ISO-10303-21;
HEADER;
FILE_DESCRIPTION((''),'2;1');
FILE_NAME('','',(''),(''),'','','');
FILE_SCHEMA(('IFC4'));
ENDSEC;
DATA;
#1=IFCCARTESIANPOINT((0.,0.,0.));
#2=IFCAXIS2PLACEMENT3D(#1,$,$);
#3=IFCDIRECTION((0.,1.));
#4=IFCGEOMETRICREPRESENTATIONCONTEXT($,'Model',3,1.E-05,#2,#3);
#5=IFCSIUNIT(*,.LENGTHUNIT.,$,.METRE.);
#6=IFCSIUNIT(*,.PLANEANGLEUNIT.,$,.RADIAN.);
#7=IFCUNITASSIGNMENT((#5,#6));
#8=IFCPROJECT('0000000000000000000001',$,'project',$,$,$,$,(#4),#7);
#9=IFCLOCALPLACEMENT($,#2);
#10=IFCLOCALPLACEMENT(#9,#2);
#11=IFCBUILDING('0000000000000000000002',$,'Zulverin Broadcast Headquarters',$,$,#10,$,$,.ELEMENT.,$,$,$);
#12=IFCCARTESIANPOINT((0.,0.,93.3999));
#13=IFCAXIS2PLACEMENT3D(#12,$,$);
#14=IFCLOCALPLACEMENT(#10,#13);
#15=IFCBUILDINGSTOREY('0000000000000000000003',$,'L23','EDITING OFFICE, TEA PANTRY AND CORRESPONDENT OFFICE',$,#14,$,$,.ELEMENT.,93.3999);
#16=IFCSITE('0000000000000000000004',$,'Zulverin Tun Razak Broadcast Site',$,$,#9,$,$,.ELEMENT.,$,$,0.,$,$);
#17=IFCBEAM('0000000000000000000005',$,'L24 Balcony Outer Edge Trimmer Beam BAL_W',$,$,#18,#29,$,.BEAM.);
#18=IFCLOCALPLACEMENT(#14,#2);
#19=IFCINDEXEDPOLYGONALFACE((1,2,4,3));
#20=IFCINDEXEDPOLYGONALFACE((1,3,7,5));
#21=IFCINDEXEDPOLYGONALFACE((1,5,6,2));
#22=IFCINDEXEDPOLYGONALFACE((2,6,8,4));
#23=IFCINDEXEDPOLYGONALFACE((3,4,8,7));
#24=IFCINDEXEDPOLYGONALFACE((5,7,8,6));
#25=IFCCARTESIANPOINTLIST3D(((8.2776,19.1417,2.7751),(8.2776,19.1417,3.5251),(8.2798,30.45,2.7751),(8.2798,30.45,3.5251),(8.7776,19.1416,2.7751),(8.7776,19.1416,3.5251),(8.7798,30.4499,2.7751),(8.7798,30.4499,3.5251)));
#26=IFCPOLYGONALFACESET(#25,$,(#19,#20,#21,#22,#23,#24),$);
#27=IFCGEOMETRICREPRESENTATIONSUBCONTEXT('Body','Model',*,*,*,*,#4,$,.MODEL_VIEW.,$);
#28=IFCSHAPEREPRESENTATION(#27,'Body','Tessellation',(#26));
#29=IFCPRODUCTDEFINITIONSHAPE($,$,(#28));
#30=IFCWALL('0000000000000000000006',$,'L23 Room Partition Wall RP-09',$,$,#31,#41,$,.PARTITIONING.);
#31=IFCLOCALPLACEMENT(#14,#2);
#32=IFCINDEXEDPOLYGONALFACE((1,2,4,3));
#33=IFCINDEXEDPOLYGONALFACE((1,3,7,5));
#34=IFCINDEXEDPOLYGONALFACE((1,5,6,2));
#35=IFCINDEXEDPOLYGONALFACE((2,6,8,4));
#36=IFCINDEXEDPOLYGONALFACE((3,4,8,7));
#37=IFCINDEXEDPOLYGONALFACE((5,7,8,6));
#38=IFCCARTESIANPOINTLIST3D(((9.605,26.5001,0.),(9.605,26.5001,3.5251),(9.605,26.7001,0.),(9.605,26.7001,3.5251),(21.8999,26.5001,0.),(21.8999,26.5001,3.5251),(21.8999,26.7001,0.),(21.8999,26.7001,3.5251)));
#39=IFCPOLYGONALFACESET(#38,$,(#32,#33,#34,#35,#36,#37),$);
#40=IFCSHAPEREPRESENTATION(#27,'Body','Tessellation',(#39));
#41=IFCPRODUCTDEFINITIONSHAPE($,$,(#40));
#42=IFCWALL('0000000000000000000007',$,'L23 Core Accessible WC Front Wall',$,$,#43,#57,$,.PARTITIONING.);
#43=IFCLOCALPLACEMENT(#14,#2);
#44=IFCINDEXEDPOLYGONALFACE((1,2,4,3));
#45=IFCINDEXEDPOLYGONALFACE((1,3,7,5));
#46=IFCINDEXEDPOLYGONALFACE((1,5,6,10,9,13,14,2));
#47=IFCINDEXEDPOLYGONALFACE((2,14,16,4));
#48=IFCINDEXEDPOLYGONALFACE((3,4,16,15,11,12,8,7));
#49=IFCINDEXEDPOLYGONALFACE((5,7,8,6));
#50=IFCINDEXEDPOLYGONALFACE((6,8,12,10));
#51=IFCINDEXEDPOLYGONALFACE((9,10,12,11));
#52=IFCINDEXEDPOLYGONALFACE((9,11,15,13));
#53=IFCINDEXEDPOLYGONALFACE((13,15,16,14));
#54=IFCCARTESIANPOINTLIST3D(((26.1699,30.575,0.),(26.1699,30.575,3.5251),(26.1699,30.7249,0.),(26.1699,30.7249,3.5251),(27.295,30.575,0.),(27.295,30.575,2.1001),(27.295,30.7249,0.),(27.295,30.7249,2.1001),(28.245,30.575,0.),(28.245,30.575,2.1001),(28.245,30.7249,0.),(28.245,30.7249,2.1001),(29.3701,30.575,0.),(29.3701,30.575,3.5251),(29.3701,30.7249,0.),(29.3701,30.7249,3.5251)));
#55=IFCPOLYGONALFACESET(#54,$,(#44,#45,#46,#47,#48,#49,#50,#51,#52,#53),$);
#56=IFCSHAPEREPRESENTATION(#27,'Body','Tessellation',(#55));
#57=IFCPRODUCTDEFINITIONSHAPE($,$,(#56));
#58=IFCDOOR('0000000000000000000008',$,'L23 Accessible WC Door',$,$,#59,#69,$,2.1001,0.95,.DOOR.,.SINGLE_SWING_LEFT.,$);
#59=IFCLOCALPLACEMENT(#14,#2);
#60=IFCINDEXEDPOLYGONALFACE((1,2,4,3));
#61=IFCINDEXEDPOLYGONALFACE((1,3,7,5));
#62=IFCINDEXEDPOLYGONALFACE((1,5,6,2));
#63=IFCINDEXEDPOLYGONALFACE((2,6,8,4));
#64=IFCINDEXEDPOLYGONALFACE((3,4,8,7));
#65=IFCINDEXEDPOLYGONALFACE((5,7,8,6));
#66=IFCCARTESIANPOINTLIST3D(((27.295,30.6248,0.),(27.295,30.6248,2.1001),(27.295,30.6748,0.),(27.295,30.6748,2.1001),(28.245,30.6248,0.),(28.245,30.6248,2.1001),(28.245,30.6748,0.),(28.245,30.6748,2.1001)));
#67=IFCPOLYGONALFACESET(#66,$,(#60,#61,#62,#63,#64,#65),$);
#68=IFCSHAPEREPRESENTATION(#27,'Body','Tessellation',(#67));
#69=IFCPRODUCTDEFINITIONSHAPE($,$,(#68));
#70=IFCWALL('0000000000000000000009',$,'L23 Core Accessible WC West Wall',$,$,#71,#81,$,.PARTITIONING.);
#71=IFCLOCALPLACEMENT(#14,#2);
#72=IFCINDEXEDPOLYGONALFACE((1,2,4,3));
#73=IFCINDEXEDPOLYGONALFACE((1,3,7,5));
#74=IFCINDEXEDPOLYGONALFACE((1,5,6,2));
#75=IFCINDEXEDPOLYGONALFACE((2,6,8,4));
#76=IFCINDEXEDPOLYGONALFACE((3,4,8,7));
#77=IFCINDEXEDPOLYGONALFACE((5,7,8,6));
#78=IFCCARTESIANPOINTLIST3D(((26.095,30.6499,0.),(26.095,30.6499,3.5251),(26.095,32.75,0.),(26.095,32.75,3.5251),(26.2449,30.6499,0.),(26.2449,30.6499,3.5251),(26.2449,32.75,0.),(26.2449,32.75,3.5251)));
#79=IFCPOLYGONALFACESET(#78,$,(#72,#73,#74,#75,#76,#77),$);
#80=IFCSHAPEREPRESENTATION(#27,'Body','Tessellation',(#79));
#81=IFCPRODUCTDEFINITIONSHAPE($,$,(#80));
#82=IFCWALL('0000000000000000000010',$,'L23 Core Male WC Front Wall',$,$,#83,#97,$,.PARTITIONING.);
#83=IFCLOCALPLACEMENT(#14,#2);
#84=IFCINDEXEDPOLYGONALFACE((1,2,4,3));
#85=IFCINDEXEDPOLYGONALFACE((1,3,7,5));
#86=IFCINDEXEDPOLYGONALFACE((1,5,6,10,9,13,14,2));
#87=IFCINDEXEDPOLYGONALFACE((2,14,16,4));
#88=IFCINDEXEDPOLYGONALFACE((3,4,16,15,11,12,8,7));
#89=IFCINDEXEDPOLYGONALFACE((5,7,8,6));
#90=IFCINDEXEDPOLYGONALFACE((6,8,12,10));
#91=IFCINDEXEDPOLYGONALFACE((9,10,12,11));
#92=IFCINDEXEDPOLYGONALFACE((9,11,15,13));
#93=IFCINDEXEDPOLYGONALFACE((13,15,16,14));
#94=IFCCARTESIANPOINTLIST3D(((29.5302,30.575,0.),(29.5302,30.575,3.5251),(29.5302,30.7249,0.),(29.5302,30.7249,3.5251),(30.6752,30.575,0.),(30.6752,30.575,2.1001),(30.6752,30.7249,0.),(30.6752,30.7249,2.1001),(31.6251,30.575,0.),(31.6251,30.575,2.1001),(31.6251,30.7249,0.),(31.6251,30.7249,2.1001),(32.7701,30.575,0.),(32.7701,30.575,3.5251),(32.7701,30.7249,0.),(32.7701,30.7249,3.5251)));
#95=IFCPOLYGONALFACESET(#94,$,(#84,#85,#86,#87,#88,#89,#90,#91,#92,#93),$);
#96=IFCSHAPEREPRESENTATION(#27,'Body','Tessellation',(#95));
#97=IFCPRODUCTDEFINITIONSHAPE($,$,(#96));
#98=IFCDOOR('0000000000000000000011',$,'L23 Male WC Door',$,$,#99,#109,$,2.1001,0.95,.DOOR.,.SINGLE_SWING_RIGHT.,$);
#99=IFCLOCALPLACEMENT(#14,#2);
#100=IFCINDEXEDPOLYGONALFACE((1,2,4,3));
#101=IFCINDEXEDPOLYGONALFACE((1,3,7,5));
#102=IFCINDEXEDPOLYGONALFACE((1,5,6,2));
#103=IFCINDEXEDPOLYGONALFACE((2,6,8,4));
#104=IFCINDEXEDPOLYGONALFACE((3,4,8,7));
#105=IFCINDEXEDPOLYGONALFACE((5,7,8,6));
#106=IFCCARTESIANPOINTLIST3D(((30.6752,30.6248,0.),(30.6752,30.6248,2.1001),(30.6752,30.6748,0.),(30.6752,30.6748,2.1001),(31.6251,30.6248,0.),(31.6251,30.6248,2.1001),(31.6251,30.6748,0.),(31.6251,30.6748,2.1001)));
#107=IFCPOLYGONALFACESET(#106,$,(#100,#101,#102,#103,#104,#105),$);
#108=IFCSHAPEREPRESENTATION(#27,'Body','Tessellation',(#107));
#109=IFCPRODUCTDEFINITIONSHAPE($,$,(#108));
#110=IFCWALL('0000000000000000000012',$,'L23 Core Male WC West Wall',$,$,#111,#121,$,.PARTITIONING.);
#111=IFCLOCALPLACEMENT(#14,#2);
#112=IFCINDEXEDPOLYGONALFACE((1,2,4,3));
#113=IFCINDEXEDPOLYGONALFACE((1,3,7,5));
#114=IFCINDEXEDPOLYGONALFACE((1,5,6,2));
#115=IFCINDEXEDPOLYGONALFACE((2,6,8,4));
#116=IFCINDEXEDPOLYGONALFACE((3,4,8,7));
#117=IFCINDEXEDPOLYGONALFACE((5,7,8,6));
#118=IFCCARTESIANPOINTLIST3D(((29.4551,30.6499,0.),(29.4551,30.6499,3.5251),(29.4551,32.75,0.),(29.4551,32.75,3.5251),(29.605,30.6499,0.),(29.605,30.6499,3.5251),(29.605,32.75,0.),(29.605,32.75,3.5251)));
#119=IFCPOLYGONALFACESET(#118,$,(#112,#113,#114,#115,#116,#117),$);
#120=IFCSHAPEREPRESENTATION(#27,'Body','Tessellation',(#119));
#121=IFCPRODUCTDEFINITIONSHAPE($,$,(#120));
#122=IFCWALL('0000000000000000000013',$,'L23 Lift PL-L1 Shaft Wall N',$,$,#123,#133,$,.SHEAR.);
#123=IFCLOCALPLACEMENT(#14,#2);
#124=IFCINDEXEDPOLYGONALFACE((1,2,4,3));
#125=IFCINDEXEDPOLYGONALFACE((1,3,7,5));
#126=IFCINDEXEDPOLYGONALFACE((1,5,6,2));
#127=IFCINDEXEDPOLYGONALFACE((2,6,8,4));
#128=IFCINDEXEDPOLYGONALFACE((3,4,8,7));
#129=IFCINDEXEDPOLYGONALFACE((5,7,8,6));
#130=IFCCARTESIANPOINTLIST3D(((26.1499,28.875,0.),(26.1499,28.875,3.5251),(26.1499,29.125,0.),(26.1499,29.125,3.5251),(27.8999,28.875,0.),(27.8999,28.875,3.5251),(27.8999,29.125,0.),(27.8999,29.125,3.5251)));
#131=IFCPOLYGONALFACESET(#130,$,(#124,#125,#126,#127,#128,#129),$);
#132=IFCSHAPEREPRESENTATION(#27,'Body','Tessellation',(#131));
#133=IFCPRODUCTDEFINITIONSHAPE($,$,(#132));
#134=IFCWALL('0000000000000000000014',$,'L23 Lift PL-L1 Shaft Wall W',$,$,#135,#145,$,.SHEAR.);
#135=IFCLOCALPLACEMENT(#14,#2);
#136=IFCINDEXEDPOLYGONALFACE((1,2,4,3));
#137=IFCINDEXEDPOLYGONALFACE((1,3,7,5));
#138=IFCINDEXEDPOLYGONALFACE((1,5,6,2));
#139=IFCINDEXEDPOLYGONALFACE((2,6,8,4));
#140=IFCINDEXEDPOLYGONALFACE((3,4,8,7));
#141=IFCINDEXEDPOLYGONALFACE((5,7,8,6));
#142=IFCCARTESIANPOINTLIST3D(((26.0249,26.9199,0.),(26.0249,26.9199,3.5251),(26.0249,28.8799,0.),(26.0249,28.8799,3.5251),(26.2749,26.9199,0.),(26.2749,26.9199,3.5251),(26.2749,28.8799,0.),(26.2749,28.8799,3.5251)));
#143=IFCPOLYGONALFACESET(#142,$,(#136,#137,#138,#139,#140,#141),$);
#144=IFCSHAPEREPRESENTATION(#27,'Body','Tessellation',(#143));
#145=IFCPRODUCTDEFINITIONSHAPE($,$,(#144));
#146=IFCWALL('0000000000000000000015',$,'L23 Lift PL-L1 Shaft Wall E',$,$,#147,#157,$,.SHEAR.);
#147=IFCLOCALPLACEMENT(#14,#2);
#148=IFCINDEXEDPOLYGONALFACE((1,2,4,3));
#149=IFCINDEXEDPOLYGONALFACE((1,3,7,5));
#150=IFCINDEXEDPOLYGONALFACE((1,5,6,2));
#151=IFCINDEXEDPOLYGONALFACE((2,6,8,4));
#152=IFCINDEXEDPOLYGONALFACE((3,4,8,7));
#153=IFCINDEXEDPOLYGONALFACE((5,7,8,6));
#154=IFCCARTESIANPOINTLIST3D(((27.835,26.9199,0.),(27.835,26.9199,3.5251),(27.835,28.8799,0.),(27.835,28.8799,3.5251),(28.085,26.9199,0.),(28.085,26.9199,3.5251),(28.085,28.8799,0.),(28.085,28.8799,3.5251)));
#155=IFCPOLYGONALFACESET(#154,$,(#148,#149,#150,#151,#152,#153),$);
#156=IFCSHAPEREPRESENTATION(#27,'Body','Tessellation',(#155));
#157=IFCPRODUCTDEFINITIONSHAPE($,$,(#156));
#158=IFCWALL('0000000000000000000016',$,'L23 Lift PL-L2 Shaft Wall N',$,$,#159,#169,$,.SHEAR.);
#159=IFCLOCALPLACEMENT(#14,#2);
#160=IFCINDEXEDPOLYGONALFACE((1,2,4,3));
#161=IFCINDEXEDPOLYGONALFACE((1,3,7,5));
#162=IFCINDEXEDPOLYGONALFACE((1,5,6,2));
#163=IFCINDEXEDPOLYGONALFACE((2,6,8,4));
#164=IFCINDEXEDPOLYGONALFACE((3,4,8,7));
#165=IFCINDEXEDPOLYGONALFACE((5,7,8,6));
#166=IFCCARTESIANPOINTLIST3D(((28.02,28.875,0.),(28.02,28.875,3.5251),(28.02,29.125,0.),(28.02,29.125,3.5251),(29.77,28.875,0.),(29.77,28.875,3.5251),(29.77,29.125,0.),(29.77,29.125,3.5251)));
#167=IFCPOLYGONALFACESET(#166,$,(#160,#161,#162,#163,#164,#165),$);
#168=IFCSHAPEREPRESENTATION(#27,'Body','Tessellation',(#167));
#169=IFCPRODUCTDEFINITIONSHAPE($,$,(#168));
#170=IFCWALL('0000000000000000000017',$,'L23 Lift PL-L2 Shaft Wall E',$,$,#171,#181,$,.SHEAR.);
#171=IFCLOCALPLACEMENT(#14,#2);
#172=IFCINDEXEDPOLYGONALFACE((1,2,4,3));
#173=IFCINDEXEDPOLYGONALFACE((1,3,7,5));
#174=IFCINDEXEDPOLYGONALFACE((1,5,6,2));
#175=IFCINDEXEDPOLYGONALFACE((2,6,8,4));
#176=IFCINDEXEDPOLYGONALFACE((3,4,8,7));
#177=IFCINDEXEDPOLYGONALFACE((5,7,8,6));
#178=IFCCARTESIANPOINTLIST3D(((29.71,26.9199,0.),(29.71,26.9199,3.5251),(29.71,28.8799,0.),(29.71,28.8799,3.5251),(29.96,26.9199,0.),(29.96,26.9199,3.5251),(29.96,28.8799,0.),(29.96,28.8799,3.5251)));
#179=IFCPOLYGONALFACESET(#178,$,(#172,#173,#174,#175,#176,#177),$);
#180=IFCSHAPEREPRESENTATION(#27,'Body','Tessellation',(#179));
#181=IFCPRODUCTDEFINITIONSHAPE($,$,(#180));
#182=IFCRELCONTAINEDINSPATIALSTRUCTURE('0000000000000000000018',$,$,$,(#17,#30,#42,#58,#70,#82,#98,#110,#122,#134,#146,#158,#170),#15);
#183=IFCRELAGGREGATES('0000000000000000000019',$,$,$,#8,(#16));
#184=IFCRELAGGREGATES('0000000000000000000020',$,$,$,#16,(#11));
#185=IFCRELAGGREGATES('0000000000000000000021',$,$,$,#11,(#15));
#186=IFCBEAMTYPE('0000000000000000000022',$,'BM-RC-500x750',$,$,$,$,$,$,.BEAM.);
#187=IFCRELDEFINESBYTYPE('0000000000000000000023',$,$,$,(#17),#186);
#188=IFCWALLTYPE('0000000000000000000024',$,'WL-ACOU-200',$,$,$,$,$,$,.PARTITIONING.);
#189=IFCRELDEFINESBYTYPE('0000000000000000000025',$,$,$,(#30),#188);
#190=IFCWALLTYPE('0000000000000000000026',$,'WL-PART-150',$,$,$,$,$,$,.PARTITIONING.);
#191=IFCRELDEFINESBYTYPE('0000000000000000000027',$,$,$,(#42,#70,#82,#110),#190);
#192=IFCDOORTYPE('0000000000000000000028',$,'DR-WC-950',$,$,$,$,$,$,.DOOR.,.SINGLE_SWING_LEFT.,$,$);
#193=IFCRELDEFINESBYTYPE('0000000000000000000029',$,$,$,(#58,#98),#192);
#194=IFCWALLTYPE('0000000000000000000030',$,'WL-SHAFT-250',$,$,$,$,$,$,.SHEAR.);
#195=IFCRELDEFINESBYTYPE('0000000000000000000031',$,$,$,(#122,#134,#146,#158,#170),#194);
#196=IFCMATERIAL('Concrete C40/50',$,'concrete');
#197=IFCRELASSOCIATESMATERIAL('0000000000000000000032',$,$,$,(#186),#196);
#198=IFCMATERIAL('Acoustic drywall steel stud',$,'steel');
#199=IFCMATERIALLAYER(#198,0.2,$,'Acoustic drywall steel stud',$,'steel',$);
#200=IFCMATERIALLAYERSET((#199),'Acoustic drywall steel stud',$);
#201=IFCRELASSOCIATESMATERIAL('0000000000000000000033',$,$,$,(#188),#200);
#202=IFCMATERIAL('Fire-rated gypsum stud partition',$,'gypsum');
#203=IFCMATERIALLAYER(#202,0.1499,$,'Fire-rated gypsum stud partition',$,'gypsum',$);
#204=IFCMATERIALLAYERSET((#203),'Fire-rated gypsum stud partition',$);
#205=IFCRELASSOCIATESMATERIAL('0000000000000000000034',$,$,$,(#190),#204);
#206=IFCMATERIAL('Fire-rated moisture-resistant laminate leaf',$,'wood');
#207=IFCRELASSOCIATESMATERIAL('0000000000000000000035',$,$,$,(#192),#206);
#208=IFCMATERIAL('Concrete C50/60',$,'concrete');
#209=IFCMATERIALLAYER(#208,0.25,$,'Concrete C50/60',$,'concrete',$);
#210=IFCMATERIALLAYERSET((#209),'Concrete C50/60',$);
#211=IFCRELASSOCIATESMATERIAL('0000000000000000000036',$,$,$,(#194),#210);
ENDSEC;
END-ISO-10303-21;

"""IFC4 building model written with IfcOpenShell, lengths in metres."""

from ifc_helpers import new_model, si_unit, direction, frame, frame_2d, origin, origin_2d, place, context, subcontext, project, spatial, rectangle, extrude, material, layer, layer_set, material_profile, profile_set, type_object, element, fill, save


model = new_model("IFC4")

# Units and contexts
model_context = context("Model", 3, precision=1e-05, world=origin(), true_north=direction((0.0, 1.0)))
body_context = subcontext(model_context, "Body", "Model", "MODEL_VIEW")
ifc_project = project(units=[si_unit("LENGTHUNIT", "METRE"), si_unit("PLANEANGLEUNIT", "RADIAN")], contexts=[model_context])

# Site, building, storey
site_placement = place(None, origin())
site = spatial("IfcSite", under=ifc_project, at=site_placement, Name="Zulverin Tun Razak Broadcast Site", CompositionType="ELEMENT", RefElevation=0.0)
building_placement = place(site_placement, origin())
building = spatial("IfcBuilding", under=site, at=building_placement, Name="Zulverin Broadcast Headquarters", CompositionType="ELEMENT")
storey_placement = place(building_placement, frame((0.0, 0.0, 93.3999)))
storey = spatial("IfcBuildingStorey", under=building, at=storey_placement, Name="L23", Description="EDITING OFFICE, TEA PANTRY AND CORRESPONDENT OFFICE", CompositionType="ELEMENT", Elevation=93.3999)

# Beam
ifc_material_1 = material(Name="Concrete C40/50", Category="concrete")
ifc_material_profile = material_profile(ifc_material_1, rectangle(XDim=0.5, YDim=0.75, at=origin_2d()), Name="Concrete C40/50", Category="concrete")
ifc_profile_set = profile_set([ifc_material_profile], Name="Concrete C40/50")
beam_type = type_object("IfcBeamType", Name="BM-RC-500x750", PredefinedType="BEAM", material=ifc_profile_set)
beam_placement = place(storey_placement, frame((8.5298, 30.45, 3.1501), z_axis=(-0.000194, -1.0, 0.0), x_axis=(1.0, -0.000194, 0.0)))
element("IfcBeam", 1, at=beam_placement, inside=storey, type_object=beam_type, Name="L24 Balcony Outer Edge Trimmer Beam BAL_W", PredefinedType="BEAM", context=body_context, shape_type="SweptSolid", body=[
    extrude(rectangle(XDim=0.5, YDim=0.75, at=origin_2d()), origin(), (0.0, 0.0, 1.0), 11.3083),
])

# Wall
ifc_material_2 = material(Name="Acoustic drywall steel stud", Category="steel")
ifc_layer_1 = layer(ifc_material_2, 0.2, Name="Acoustic drywall steel stud", Category="steel")
ifc_layer_set_1 = layer_set([ifc_layer_1], Name="Acoustic drywall steel stud")
wall_type_1 = type_object("IfcWallType", Name="WL-ACOU-200", PredefinedType="PARTITIONING", material=ifc_layer_set_1)
wall_1_placement = place(storey_placement, frame((9.605, 26.6001, 0.0), z_axis=(0.0, 0.0, 1.0), x_axis=(1.0, 0.0, 0.0)))
element("IfcWall", 2, at=wall_1_placement, inside=storey, type_object=wall_type_1, Name="L23 Room Partition Wall RP-09", PredefinedType="PARTITIONING", context=body_context, shape_type="SweptSolid", body=[
    extrude(rectangle(XDim=12.2949, YDim=0.2, at=frame_2d((6.1475, 0.0))), origin(), (0.0, 0.0, 1.0), 3.5251),
])

# Wall, opening, door
ifc_material_3 = material(Name="Fire-rated gypsum stud partition", Category="gypsum")
ifc_layer_2 = layer(ifc_material_3, 0.1499, Name="Fire-rated gypsum stud partition", Category="gypsum")
ifc_layer_set_2 = layer_set([ifc_layer_2], Name="Fire-rated gypsum stud partition")
wall_type_2 = type_object("IfcWallType", Name="WL-PART-150", PredefinedType="PARTITIONING", material=ifc_layer_set_2)
wall_2_placement = place(storey_placement, frame((26.1699, 30.6499, 0.0), z_axis=(0.0, 0.0, 1.0), x_axis=(1.0, 0.0, 0.0)))
wall_2 = element("IfcWall", 3, at=wall_2_placement, inside=storey, type_object=wall_type_2, Name="L23 Core Accessible WC Front Wall", PredefinedType="PARTITIONING", context=body_context, shape_type="SweptSolid", body=[
    extrude(rectangle(XDim=3.2002, YDim=0.1499, at=frame_2d((1.6001, 0.0))), origin(), (0.0, 0.0, 1.0), 3.5251),
])
opening_1_placement = place(wall_2_placement, frame((1.125, 0.0, 0.0)))
opening_1 = element("IfcOpeningElement", 4, at=opening_1_placement, cuts=wall_2, PredefinedType="OPENING", context=body_context, shape_type="SweptSolid", body=[
    extrude(rectangle(XDim=0.95, YDim=2.1001, at=frame_2d((0.4751, 1.05))), frame((0.0, 0.085, 0.0), z_axis=(0.0, -1.0, 0.0), x_axis=(1.0, 0.0, 0.0)), (0.0, 0.0, 1.0), 0.1699),
])
ifc_material_4 = material(Name="Fire-rated moisture-resistant laminate leaf", Category="wood")
door_type_1 = type_object("IfcDoorType", Name="DR-WC-950", OperationType="SINGLE_SWING_LEFT", PredefinedType="DOOR", material=ifc_material_4)
door_1_placement = place(opening_1_placement, origin())
door_1 = element("IfcDoor", 5, at=door_1_placement, inside=storey, type_object=door_type_1, Name="L23 Accessible WC Door", OperationType="SINGLE_SWING_LEFT", OverallHeight=2.1001, OverallWidth=0.95, PredefinedType="DOOR", context=body_context, shape_type="SweptSolid", body=[
    extrude(rectangle(XDim=0.95, YDim=2.1001, at=frame_2d((0.4751, 1.05))), frame((0.0, 0.0249, 0.0), z_axis=(0.0, -1.0, 0.0), x_axis=(1.0, 0.0, 0.0)), (0.0, 0.0, 1.0), 0.05),
])
fill(opening_1, door_1)

# Wall
wall_3_placement = place(storey_placement, frame((26.1699, 30.6499, 0.0), z_axis=(0.0, 0.0, 1.0), x_axis=(0.0, 1.0, 0.0)))
element("IfcWall", 6, at=wall_3_placement, inside=storey, type_object=wall_type_2, Name="L23 Core Accessible WC West Wall", PredefinedType="PARTITIONING", context=body_context, shape_type="SweptSolid", body=[
    extrude(rectangle(XDim=2.1001, YDim=0.1499, at=frame_2d((1.05, 0.0))), origin(), (0.0, 0.0, 1.0), 3.5251),
])

# Wall, opening, door
wall_4_placement = place(storey_placement, frame((29.53, 30.6499, 0.0), z_axis=(0.0, 0.0, 1.0), x_axis=(1.0, 0.0, 0.0)))
wall_4 = element("IfcWall", 7, at=wall_4_placement, inside=storey, type_object=wall_type_2, Name="L23 Core Male WC Front Wall", PredefinedType="PARTITIONING", context=body_context, shape_type="SweptSolid", body=[
    extrude(rectangle(XDim=3.24, YDim=0.1499, at=frame_2d((1.6201, 0.0))), origin(), (0.0, 0.0, 1.0), 3.5251),
])
opening_2_placement = place(wall_4_placement, frame((1.145, 0.0, 0.0)))
opening_2 = element("IfcOpeningElement", 8, at=opening_2_placement, cuts=wall_4, PredefinedType="OPENING", context=body_context, shape_type="SweptSolid", body=[
    extrude(rectangle(XDim=0.95, YDim=2.1001, at=frame_2d((0.4751, 1.05))), frame((0.0, 0.085, 0.0), z_axis=(0.0, -1.0, 0.0), x_axis=(1.0, 0.0, 0.0)), (0.0, 0.0, 1.0), 0.1699),
])
door_2_placement = place(opening_2_placement, origin())
door_2 = element("IfcDoor", 9, at=door_2_placement, inside=storey, type_object=door_type_1, Name="L23 Male WC Door", OperationType="SINGLE_SWING_RIGHT", OverallHeight=2.1001, OverallWidth=0.95, PredefinedType="DOOR", context=body_context, shape_type="SweptSolid", body=[
    extrude(rectangle(XDim=0.95, YDim=2.1001, at=frame_2d((0.4751, 1.05))), frame((0.0, 0.0249, 0.0), z_axis=(0.0, -1.0, 0.0), x_axis=(1.0, 0.0, 0.0)), (0.0, 0.0, 1.0), 0.05),
])
fill(opening_2, door_2)

# Wall
wall_5_placement = place(storey_placement, frame((29.53, 30.6499, 0.0), z_axis=(0.0, 0.0, 1.0), x_axis=(0.0, 1.0, 0.0)))
element("IfcWall", 10, at=wall_5_placement, inside=storey, type_object=wall_type_2, Name="L23 Core Male WC West Wall", PredefinedType="PARTITIONING", context=body_context, shape_type="SweptSolid", body=[
    extrude(rectangle(XDim=2.1001, YDim=0.1499, at=frame_2d((1.05, 0.0))), origin(), (0.0, 0.0, 1.0), 3.5251),
])

# Shared definitions
ifc_material_5 = material(Name="Concrete C50/60", Category="concrete")
ifc_layer_3 = layer(ifc_material_5, 0.25, Name="Concrete C50/60", Category="concrete")
ifc_layer_set_3 = layer_set([ifc_layer_3], Name="Concrete C50/60")
wall_type_3 = type_object("IfcWallType", Name="WL-SHAFT-250", PredefinedType="SHEAR", material=ifc_layer_set_3)

# Walls
wall_6_placement = place(storey_placement, frame((26.1499, 29.0, 0.0), z_axis=(0.0, 0.0, 1.0), x_axis=(1.0, 0.0, 0.0)))
element("IfcWall", 11, at=wall_6_placement, inside=storey, type_object=wall_type_3, Name="L23 Lift PL-L1 Shaft Wall N", PredefinedType="SHEAR", context=body_context, shape_type="SweptSolid", body=[
    extrude(rectangle(XDim=1.75, YDim=0.25, at=frame_2d((0.875, 0.0))), origin(), (0.0, 0.0, 1.0), 3.5251),
])
for number, where, z_axis, x_axis, name in (
    (12, (26.1499, 26.9199, 0.0), (0.0, 0.0, 1.0), (0.0, 1.0, 0.0), "L23 Lift PL-L1 Shaft Wall W"),
    (13, (27.96, 26.9199, 0.0), (0.0, 0.0, 1.0), (0.0, 1.0, 0.0), "L23 Lift PL-L1 Shaft Wall E"),
):
    element("IfcWall", number, at=place(storey_placement, frame(where, z_axis=z_axis, x_axis=x_axis)), inside=storey, type_object=wall_type_3, Name=name, PredefinedType="SHEAR", context=body_context, shape_type="SweptSolid", body=[
        extrude(rectangle(XDim=1.96, YDim=0.25, at=frame_2d((0.98, 0.0))), origin(), (0.0, 0.0, 1.0), 3.5251),
    ])

# Walls
wall_7_placement = place(storey_placement, frame((28.02, 29.0, 0.0), z_axis=(0.0, 0.0, 1.0), x_axis=(1.0, 0.0, 0.0)))
element("IfcWall", 14, at=wall_7_placement, inside=storey, type_object=wall_type_3, Name="L23 Lift PL-L2 Shaft Wall N", PredefinedType="SHEAR", context=body_context, shape_type="SweptSolid", body=[
    extrude(rectangle(XDim=1.75, YDim=0.25, at=frame_2d((0.875, 0.0))), origin(), (0.0, 0.0, 1.0), 3.5251),
])
wall_8_placement = place(storey_placement, frame((29.835, 26.9199, 0.0), z_axis=(0.0, 0.0, 1.0), x_axis=(0.0, 1.0, 0.0)))
element("IfcWall", 15, at=wall_8_placement, inside=storey, type_object=wall_type_3, Name="L23 Lift PL-L2 Shaft Wall E", PredefinedType="SHEAR", context=body_context, shape_type="SweptSolid", body=[
    extrude(rectangle(XDim=1.96, YDim=0.25, at=frame_2d((0.98, 0.0))), origin(), (0.0, 0.0, 1.0), 3.5251),
])

save(model, "model.ifc")
